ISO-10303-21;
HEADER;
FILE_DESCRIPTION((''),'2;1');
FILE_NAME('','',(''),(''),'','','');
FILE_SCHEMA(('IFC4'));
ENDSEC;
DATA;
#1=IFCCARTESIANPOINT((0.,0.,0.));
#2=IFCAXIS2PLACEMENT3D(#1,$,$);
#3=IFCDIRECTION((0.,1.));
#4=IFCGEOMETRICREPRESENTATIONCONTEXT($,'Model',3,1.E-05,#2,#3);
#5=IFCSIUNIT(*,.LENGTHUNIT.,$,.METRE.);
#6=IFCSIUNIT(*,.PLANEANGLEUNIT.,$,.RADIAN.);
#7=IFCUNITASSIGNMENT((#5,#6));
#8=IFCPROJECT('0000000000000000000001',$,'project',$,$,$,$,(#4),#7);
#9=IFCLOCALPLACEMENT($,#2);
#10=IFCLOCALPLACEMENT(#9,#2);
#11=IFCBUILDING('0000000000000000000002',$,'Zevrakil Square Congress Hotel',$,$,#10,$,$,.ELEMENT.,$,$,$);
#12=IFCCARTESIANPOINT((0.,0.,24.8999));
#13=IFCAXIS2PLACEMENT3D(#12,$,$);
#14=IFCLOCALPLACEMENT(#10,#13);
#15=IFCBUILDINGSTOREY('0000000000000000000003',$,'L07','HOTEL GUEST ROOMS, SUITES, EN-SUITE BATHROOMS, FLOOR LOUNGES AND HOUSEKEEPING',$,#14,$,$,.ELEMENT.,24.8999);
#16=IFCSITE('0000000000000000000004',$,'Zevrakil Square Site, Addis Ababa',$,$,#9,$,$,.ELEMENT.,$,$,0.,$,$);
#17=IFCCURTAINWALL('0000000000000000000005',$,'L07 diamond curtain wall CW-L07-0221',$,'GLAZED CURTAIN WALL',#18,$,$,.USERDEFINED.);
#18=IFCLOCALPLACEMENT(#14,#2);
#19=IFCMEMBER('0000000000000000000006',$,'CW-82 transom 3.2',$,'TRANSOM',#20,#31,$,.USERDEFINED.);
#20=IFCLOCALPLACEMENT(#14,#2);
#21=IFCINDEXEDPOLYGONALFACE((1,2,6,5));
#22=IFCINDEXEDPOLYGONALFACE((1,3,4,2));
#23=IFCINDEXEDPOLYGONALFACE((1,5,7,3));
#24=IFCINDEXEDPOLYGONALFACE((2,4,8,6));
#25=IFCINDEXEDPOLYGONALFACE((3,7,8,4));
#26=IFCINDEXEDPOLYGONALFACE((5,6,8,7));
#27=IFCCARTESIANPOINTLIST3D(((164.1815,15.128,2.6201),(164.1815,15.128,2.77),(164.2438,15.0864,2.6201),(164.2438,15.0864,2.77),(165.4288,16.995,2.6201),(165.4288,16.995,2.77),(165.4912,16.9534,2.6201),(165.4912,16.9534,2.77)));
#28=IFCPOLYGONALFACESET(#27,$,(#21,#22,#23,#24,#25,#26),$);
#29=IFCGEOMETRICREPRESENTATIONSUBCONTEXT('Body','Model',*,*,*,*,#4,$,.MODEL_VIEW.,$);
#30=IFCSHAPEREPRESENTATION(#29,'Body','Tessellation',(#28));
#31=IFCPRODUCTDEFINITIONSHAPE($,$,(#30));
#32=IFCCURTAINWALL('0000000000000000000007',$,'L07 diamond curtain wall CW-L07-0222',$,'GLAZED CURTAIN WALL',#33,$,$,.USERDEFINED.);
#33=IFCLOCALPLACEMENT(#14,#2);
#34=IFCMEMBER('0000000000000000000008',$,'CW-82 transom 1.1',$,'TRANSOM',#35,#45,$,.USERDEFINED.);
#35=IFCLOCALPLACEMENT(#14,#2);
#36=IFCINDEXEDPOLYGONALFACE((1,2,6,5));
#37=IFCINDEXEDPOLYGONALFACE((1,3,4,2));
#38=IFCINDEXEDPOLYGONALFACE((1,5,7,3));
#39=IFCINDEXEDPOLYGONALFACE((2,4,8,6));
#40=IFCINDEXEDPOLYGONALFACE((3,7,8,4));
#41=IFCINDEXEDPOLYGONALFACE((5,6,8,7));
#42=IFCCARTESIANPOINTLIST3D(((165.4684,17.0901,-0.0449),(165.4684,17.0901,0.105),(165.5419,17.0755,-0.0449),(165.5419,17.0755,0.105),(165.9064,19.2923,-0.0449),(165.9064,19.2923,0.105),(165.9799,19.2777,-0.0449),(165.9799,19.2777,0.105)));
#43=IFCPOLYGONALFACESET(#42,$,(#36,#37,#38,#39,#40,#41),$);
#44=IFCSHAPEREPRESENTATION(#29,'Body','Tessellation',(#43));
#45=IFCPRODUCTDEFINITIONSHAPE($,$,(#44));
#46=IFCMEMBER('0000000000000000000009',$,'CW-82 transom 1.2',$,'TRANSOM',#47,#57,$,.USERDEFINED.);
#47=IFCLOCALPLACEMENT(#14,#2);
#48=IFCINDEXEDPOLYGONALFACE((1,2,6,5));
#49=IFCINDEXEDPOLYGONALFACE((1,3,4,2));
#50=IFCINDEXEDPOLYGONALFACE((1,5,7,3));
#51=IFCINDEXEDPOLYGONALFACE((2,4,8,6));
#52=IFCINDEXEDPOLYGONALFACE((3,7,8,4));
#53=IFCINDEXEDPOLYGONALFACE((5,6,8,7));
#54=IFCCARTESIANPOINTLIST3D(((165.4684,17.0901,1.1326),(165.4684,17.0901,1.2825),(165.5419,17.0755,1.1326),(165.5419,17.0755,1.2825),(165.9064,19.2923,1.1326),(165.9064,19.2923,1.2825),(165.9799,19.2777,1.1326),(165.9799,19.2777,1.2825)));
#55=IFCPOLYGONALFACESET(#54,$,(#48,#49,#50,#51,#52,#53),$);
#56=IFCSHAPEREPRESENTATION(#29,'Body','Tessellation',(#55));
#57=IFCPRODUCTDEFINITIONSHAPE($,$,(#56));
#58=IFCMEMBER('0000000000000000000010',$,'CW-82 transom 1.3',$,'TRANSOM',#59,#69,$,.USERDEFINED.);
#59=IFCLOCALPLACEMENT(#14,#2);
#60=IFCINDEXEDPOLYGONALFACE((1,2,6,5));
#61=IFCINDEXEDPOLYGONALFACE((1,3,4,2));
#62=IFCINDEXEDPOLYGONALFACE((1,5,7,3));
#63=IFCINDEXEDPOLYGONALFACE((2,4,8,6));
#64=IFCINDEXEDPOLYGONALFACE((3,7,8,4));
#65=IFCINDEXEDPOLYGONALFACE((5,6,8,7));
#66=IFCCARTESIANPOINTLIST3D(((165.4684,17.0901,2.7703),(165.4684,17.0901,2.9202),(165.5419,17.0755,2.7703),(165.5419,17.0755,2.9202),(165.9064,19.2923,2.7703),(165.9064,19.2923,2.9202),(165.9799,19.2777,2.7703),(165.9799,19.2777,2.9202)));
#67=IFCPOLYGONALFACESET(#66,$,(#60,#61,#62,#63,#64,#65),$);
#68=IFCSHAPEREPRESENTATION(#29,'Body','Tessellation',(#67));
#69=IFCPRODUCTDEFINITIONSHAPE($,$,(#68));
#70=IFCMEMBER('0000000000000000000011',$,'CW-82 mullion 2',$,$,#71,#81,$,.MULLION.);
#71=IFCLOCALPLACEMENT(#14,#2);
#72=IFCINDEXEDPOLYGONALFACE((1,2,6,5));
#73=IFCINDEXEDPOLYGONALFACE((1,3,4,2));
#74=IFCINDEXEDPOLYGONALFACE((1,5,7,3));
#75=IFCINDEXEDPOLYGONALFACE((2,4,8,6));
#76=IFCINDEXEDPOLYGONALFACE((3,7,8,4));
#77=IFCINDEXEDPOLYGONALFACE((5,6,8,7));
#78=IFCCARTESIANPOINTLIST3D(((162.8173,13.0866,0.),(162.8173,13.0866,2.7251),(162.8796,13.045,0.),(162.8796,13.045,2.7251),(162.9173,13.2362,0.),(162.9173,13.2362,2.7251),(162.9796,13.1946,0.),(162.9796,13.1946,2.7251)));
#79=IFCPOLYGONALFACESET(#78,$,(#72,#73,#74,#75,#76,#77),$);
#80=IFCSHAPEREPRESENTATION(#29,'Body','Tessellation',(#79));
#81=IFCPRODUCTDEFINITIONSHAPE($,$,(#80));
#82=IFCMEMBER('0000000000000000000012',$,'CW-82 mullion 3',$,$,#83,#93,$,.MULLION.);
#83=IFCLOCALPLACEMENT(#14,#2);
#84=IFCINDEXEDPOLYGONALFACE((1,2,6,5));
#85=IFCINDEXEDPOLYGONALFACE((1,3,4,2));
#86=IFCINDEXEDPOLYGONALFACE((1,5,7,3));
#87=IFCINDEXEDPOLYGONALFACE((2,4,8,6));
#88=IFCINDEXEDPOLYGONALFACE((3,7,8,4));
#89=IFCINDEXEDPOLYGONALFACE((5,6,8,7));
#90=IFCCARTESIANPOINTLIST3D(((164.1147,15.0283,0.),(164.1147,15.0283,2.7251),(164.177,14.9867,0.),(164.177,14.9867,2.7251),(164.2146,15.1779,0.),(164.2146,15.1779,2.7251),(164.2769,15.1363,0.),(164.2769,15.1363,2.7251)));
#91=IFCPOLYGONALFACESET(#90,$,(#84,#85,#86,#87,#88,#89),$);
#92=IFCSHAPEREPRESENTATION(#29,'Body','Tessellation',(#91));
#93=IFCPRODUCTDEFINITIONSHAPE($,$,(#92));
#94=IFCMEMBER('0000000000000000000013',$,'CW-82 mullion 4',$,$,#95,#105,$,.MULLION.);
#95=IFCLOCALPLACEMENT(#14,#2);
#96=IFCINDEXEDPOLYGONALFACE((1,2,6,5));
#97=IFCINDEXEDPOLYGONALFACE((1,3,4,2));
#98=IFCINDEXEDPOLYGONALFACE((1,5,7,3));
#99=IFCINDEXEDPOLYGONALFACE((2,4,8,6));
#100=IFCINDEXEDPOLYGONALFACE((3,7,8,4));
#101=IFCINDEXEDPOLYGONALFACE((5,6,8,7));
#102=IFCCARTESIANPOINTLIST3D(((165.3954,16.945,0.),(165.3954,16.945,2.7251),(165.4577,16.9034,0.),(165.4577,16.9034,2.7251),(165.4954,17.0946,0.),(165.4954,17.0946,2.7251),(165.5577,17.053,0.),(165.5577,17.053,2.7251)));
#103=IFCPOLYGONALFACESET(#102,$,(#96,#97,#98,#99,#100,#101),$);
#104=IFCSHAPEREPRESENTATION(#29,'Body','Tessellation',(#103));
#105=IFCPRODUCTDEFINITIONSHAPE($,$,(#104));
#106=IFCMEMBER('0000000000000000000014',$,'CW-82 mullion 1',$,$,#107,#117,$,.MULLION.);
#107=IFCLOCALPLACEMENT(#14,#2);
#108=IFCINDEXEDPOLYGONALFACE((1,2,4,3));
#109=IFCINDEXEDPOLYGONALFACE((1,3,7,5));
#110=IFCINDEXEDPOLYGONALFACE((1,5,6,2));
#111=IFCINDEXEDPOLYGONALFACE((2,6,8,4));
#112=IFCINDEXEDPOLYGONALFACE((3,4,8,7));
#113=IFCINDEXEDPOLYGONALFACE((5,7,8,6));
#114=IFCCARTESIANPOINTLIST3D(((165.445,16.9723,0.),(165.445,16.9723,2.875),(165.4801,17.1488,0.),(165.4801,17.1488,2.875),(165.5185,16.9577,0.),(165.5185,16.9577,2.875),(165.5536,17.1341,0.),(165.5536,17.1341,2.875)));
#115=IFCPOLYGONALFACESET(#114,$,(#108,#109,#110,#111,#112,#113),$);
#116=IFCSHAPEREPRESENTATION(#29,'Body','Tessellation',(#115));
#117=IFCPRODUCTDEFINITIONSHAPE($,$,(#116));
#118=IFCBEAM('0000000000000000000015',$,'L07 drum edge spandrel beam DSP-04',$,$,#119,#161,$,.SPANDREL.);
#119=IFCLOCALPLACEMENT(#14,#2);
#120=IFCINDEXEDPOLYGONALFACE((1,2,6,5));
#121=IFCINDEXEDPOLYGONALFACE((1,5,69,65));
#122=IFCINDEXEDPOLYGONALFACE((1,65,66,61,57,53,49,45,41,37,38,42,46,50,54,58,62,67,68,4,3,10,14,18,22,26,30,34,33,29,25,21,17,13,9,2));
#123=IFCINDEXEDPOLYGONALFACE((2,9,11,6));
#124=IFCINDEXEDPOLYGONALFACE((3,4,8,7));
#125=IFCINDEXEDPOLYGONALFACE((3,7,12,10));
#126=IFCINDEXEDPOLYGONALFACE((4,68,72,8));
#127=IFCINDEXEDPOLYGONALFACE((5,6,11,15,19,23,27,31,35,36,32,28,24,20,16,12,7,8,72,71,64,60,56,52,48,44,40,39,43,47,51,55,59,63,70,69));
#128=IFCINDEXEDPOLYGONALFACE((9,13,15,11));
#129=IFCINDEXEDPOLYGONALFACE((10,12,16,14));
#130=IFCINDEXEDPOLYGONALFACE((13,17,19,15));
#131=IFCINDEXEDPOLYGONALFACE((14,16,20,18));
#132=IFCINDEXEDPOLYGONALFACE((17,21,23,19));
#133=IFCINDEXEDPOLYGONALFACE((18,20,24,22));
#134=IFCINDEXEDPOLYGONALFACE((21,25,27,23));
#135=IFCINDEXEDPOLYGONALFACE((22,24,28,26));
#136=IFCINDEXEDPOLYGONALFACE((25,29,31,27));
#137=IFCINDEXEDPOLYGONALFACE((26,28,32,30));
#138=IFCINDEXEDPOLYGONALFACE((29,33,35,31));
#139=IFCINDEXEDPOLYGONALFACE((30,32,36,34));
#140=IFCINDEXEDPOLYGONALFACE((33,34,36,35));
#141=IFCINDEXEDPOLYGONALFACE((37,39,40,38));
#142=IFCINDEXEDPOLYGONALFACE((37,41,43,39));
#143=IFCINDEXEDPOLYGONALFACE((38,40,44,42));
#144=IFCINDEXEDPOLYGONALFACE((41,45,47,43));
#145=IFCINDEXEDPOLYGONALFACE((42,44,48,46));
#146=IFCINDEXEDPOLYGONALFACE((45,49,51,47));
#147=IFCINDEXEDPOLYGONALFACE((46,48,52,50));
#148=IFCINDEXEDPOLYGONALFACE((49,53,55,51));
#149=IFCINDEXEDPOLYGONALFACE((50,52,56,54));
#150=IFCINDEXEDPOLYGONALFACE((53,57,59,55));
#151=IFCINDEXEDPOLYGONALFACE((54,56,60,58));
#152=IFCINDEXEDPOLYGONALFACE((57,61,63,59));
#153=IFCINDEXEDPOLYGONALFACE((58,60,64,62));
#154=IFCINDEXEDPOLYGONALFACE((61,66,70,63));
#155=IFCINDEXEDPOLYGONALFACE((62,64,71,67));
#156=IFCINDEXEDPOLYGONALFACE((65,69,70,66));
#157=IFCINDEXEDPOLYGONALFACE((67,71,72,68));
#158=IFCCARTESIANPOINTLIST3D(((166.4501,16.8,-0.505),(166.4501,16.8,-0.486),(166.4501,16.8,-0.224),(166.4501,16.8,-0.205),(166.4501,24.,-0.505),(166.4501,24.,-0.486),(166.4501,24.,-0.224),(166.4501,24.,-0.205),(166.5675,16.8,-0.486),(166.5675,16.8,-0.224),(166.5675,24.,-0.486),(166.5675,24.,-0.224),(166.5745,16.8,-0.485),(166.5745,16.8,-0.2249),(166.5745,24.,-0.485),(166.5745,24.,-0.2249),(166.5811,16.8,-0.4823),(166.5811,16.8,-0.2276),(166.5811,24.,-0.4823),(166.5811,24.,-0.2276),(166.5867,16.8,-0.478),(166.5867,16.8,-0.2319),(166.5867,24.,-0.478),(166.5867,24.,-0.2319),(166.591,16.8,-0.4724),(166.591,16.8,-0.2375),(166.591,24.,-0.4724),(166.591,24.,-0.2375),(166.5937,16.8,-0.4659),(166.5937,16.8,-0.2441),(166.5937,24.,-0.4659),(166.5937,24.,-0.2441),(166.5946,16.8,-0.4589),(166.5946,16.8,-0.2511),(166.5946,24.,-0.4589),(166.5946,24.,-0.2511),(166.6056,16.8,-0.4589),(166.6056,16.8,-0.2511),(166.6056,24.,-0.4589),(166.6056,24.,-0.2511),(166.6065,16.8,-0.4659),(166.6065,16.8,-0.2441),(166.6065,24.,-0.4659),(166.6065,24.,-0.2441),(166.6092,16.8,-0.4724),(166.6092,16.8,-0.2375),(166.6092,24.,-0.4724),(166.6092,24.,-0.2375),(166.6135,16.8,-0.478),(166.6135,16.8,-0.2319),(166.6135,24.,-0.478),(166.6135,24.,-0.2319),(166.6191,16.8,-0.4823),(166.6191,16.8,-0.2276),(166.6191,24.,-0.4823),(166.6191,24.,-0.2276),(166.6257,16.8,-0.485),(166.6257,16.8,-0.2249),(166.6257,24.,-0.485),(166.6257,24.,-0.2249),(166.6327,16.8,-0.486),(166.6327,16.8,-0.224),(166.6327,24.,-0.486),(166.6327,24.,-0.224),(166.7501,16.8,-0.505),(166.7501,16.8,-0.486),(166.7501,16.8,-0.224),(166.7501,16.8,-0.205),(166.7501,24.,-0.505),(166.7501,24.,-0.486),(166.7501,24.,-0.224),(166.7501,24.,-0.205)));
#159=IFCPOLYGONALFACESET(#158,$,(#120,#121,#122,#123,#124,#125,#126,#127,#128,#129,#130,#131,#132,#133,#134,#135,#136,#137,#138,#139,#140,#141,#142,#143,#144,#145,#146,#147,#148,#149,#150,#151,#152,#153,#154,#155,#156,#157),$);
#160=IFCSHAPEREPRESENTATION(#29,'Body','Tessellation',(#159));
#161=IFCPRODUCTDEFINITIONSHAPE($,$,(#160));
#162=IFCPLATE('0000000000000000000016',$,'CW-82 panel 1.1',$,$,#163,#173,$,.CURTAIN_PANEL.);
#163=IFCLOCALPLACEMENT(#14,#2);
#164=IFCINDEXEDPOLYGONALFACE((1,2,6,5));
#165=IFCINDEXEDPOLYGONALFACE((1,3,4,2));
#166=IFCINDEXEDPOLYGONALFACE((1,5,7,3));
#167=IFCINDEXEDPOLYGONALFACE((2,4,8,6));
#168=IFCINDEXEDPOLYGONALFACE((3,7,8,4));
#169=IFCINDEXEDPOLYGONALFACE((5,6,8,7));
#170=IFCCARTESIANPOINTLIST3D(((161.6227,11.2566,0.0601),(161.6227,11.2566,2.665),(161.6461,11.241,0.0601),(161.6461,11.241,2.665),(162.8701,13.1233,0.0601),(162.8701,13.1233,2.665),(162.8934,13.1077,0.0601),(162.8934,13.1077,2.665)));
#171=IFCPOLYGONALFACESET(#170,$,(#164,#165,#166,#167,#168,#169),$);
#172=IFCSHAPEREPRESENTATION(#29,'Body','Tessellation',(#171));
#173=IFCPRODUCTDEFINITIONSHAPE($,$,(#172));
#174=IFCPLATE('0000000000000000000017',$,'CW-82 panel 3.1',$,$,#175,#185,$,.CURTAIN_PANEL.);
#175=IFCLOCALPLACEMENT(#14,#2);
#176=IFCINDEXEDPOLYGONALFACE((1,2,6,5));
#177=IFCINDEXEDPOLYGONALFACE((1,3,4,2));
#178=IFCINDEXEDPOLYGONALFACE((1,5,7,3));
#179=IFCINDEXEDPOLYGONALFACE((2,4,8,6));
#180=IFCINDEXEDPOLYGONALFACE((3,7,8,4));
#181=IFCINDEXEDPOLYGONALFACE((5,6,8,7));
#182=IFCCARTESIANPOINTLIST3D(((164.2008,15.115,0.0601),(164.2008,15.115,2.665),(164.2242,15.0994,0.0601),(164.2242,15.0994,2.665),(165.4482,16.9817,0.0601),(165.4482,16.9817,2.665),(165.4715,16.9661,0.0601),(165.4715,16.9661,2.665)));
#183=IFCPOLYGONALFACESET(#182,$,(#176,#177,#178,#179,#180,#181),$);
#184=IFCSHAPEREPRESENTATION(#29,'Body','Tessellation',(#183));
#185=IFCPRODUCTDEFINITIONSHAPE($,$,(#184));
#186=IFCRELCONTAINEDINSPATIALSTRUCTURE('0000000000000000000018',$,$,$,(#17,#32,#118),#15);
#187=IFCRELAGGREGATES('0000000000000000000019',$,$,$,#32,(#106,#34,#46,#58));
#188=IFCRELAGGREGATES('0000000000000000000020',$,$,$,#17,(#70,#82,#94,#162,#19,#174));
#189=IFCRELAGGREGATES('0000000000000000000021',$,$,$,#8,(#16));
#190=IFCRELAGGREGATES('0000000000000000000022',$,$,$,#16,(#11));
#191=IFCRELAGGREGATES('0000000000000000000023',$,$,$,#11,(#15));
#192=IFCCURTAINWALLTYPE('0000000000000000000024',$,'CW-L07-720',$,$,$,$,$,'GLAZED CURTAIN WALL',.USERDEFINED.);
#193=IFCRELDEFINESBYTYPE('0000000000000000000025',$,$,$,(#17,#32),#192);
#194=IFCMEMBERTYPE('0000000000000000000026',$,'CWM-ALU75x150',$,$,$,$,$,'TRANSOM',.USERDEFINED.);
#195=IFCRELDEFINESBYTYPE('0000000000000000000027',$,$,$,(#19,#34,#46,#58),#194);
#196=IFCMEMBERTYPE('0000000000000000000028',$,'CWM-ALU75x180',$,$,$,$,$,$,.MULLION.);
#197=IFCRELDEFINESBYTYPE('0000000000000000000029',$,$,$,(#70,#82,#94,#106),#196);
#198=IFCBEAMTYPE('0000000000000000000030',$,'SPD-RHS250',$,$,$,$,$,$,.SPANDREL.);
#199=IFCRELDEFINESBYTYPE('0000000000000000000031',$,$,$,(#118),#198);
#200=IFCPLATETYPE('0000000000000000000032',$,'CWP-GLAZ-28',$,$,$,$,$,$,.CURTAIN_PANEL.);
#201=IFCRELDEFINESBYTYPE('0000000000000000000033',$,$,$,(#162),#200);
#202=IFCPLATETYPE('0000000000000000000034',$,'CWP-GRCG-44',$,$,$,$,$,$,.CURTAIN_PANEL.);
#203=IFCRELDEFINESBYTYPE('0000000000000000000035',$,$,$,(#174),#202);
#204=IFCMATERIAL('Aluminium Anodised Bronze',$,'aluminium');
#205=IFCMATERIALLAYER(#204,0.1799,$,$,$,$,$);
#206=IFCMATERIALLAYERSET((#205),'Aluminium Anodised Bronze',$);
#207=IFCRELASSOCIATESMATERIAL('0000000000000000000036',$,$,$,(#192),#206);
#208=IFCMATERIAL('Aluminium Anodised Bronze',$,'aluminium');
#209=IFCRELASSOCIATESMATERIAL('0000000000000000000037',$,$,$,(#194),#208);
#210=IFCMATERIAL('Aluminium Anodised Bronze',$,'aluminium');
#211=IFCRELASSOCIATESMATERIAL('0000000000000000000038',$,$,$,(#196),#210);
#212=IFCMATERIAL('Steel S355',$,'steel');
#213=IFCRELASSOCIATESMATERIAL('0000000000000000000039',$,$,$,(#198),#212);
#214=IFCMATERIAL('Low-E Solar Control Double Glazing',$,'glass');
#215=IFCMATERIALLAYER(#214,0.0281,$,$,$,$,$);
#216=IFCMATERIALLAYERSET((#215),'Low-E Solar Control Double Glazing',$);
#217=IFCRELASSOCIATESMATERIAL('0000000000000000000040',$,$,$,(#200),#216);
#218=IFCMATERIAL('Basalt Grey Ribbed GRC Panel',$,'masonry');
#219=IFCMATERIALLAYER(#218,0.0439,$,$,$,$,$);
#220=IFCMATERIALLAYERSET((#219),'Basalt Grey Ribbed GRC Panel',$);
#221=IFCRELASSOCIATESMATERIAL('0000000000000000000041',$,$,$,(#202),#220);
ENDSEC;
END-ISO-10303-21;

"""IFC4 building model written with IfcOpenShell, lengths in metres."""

from ifc_helpers import new_model, si_unit, direction, frame, origin, origin_2d, place, context, subcontext, project, spatial, rectangle, i_section, extrude, material, layer, layer_set, material_profile, profile_set, type_object, element, aggregate, save


model = new_model("IFC4")

# Units and contexts
model_context = context("Model", 3, precision=1e-05, world=origin(), true_north=direction((0.0, 1.0)))
body_context = subcontext(model_context, "Body", "Model", "MODEL_VIEW")
ifc_project = project(units=[si_unit("LENGTHUNIT", "METRE"), si_unit("PLANEANGLEUNIT", "RADIAN")], contexts=[model_context])

# Site, building, storey
site_placement = place(None, origin())
site = spatial("IfcSite", under=ifc_project, at=site_placement, Name="Zevrakil Square Site, Addis Ababa", CompositionType="ELEMENT", RefElevation=0.0)
building_placement = place(site_placement, origin())
building = spatial("IfcBuilding", under=site, at=building_placement, Name="Zevrakil Square Congress Hotel", CompositionType="ELEMENT")
storey_placement = place(building_placement, frame((0.0, 0.0, 24.8999)))
storey = spatial("IfcBuildingStorey", under=building, at=storey_placement, Name="L07", Description="HOTEL GUEST ROOMS, SUITES, EN-SUITE BATHROOMS, FLOOR LOUNGES AND HOUSEKEEPING", CompositionType="ELEMENT", Elevation=24.8999)

# Curtain walls, members
ifc_material_1 = material(Name="Aluminium Anodised Bronze", Category="aluminium")
ifc_layer_1 = layer(ifc_material_1, 0.1799)
ifc_layer_set_1 = layer_set([ifc_layer_1], Name="Aluminium Anodised Bronze")
curtain_wall_type = type_object("IfcCurtainWallType", Name="CW-L07-720", ElementType="GLAZED CURTAIN WALL", PredefinedType="USERDEFINED", material=ifc_layer_set_1)
curtain_wall_1_placement = place(storey_placement, origin())
curtain_wall_1 = element("IfcCurtainWall", 1, at=curtain_wall_1_placement, inside=storey, type_object=curtain_wall_type, Name="L07 diamond curtain wall CW-L07-0221", ObjectType="GLAZED CURTAIN WALL", PredefinedType="USERDEFINED")
ifc_material_2 = material(Name="Aluminium Anodised Bronze", Category="aluminium")
ifc_material_profile_1 = material_profile(ifc_material_2, rectangle(XDim=0.075, YDim=0.1499, at=origin_2d()), Name="ALU 75x150")
ifc_profile_set_1 = profile_set([ifc_material_profile_1], Name="Aluminium Anodised Bronze")
member_type_1 = type_object("IfcMemberType", Name="CWM-ALU75x150", ElementType="TRANSOM", PredefinedType="USERDEFINED", material=ifc_profile_set_1)
member_1_placement = place(storey_placement, frame((164.2126, 15.1072, 2.6951), z_axis=(0.555528, 0.831498, 0.0), x_axis=(-0.831498, 0.555528, 0.0)))
member_1 = element("IfcMember", 2, at=member_1_placement, type_object=member_type_1, Name="CW-82 transom 3.2", ObjectType="TRANSOM", PredefinedType="USERDEFINED", context=body_context, shape_type="SweptSolid", body=[
    extrude(rectangle(XDim=0.075, YDim=0.1499, at=origin_2d()), origin(), (0.0, 0.0, 1.0), 2.2454),
])
curtain_wall_2_placement = place(storey_placement, origin())
curtain_wall_2 = element("IfcCurtainWall", 3, at=curtain_wall_2_placement, inside=storey, type_object=curtain_wall_type, Name="L07 diamond curtain wall CW-L07-0222", ObjectType="GLAZED CURTAIN WALL", PredefinedType="USERDEFINED")
member_2_placement = place(storey_placement, frame((165.5051, 17.0828, 0.03), z_axis=(0.19507, 0.980789, 0.0), x_axis=(-0.980789, 0.19507, 0.0)))
member_2 = element("IfcMember", 4, at=member_2_placement, type_object=member_type_1, Name="CW-82 transom 1.1", ObjectType="TRANSOM", PredefinedType="USERDEFINED", context=body_context, shape_type="SweptSolid", body=[
    extrude(rectangle(XDim=0.075, YDim=0.1499, at=origin_2d()), origin(), (0.0, 0.0, 1.0), 2.2454),
])
member_3_placement = place(storey_placement, frame((165.5051, 17.0828, 1.2075), z_axis=(0.19507, 0.980789, 0.0), x_axis=(-0.980789, 0.19507, 0.0)))
member_3 = element("IfcMember", 5, at=member_3_placement, type_object=member_type_1, Name="CW-82 transom 1.2", ObjectType="TRANSOM", PredefinedType="USERDEFINED", context=body_context, shape_type="SweptSolid", body=[
    extrude(rectangle(XDim=0.075, YDim=0.1499, at=origin_2d()), origin(), (0.0, 0.0, 1.0), 2.2454),
])
member_4_placement = place(storey_placement, frame((165.5051, 17.0828, 2.8452), z_axis=(0.19507, 0.980789, 0.0), x_axis=(-0.980789, 0.19507, 0.0)))
member_4 = element("IfcMember", 6, at=member_4_placement, type_object=member_type_1, Name="CW-82 transom 1.3", ObjectType="TRANSOM", PredefinedType="USERDEFINED", context=body_context, shape_type="SweptSolid", body=[
    extrude(rectangle(XDim=0.075, YDim=0.1499, at=origin_2d()), origin(), (0.0, 0.0, 1.0), 2.2454),
])

# Members
ifc_material_3 = material(Name="Aluminium Anodised Bronze", Category="aluminium")
ifc_material_profile_2 = material_profile(ifc_material_3, rectangle(XDim=0.075, YDim=0.1799, at=origin_2d()), Name="ALU 75x180")
ifc_profile_set_2 = profile_set([ifc_material_profile_2], Name="Aluminium Anodised Bronze")
member_type_2 = type_object("IfcMemberType", Name="CWM-ALU75x180", PredefinedType="MULLION", material=ifc_profile_set_2)
member_5_placement = place(storey_placement, frame((162.8984, 13.1406, 0.0), z_axis=(0.0, 0.0, 1.0), x_axis=(-0.831466, 0.555576, 0.0)))
member_5 = element("IfcMember", 7, at=member_5_placement, type_object=member_type_2, Name="CW-82 mullion 2", PredefinedType="MULLION", context=body_context, shape_type="SweptSolid", body=[
    extrude(rectangle(XDim=0.075, YDim=0.1799, at=origin_2d()), origin(), (0.0, 0.0, 1.0), 2.7251),
])
member_6_placement = place(storey_placement, frame((164.1958, 15.0823, 0.0), z_axis=(0.0, 0.0, 1.0), x_axis=(-0.831466, 0.555576, 0.0)))
member_6 = element("IfcMember", 8, at=member_6_placement, type_object=member_type_2, Name="CW-82 mullion 3", PredefinedType="MULLION", context=body_context, shape_type="SweptSolid", body=[
    extrude(rectangle(XDim=0.075, YDim=0.1799, at=origin_2d()), origin(), (0.0, 0.0, 1.0), 2.7251),
])
member_7_placement = place(storey_placement, frame((165.4766, 16.999, 0.0), z_axis=(0.0, 0.0, 1.0), x_axis=(-0.831466, 0.555576, 0.0)))
member_7 = element("IfcMember", 9, at=member_7_placement, type_object=member_type_2, Name="CW-82 mullion 4", PredefinedType="MULLION", context=body_context, shape_type="SweptSolid", body=[
    extrude(rectangle(XDim=0.075, YDim=0.1799, at=origin_2d()), origin(), (0.0, 0.0, 1.0), 2.7251),
])
member_8_placement = place(storey_placement, frame((165.4993, 17.0532, 0.0), z_axis=(0.0, 0.0, 1.0), x_axis=(-0.980787, 0.195084, 0.0)))
member_8 = element("IfcMember", 10, at=member_8_placement, type_object=member_type_2, Name="CW-82 mullion 1", PredefinedType="MULLION", context=body_context, shape_type="SweptSolid", body=[
    extrude(rectangle(XDim=0.075, YDim=0.1799, at=origin_2d()), origin(), (0.0, 0.0, 1.0), 2.875),
])
aggregate(curtain_wall_2, [member_8, member_2, member_3, member_4])

# Beam
ifc_material_4 = material(Name="Steel S355", Category="steel")
ifc_material_profile_3 = material_profile(ifc_material_4, i_section(OverallWidth=0.3, OverallDepth=0.3, WebThickness=0.011, FlangeThickness=0.019, FilletRadius=0.0271, at=origin_2d()), Name="HEB 300")
ifc_profile_set_3 = profile_set([ifc_material_profile_3], Name="Steel S355")
beam_type_1 = type_object("IfcBeamType", Name="SPD-RHS250", PredefinedType="SPANDREL", material=ifc_profile_set_3)
beam_1_placement = place(storey_placement, frame((166.6001, 16.8, -0.355), z_axis=(0.0, 1.0, 0.0), x_axis=(-1.0, 0.0, 0.0)))
element("IfcBeam", 11, at=beam_1_placement, inside=storey, type_object=beam_type_1, Name="L07 drum edge spandrel beam DSP-04", PredefinedType="SPANDREL", context=body_context, shape_type="SweptSolid", body=[
    extrude(i_section(OverallWidth=0.3, OverallDepth=0.3, WebThickness=0.011, FlangeThickness=0.019, FilletRadius=0.0271, at=origin_2d()), origin(), (0.0, 0.0, 1.0), 7.2),
])

# Plates
ifc_material_5 = material(Name="Low-E Solar Control Double Glazing", Category="glass")
ifc_layer_2 = layer(ifc_material_5, 0.0281)
ifc_layer_set_2 = layer_set([ifc_layer_2], Name="Low-E Solar Control Double Glazing")
plate_type_1 = type_object("IfcPlateType", Name="CWP-GLAZ-28", PredefinedType="CURTAIN_PANEL", material=ifc_layer_set_2)
plate_1_placement = place(storey_placement, frame((162.2581, 12.1821, 0.0601), z_axis=(0.0, 0.0, 1.0), x_axis=(0.555576, 0.831466, 0.0)))
plate_1 = element("IfcPlate", 12, at=plate_1_placement, type_object=plate_type_1, Name="CW-82 panel 1.1", PredefinedType="CURTAIN_PANEL", context=body_context, shape_type="SweptSolid", body=[
    extrude(rectangle(XDim=2.2451, YDim=0.0281, at=origin_2d()), origin(), (0.0, 0.0, 1.0), 2.605),
])
ifc_material_6 = material(Name="Basalt Grey Ribbed GRC Panel", Category="masonry")
ifc_layer_3 = layer(ifc_material_6, 0.0439)
ifc_layer_set_3 = layer_set([ifc_layer_3], Name="Basalt Grey Ribbed GRC Panel")
plate_type_2 = type_object("IfcPlateType", Name="CWP-GRCG-44", PredefinedType="CURTAIN_PANEL", material=ifc_layer_set_3)
plate_2_placement = place(storey_placement, frame((164.8362, 16.0405, 0.0601), z_axis=(0.0, 0.0, 1.0), x_axis=(0.555576, 0.831466, 0.0)))
plate_2 = element("IfcPlate", 13, at=plate_2_placement, type_object=plate_type_2, Name="CW-82 panel 3.1", PredefinedType="CURTAIN_PANEL", context=body_context, shape_type="SweptSolid", body=[
    extrude(rectangle(XDim=2.2451, YDim=0.0281, at=origin_2d()), origin(), (0.0, 0.0, 1.0), 2.605),
])
aggregate(curtain_wall_1, [member_5, member_6, member_7, plate_1, member_1, plate_2])

save(model, "model.ifc")
